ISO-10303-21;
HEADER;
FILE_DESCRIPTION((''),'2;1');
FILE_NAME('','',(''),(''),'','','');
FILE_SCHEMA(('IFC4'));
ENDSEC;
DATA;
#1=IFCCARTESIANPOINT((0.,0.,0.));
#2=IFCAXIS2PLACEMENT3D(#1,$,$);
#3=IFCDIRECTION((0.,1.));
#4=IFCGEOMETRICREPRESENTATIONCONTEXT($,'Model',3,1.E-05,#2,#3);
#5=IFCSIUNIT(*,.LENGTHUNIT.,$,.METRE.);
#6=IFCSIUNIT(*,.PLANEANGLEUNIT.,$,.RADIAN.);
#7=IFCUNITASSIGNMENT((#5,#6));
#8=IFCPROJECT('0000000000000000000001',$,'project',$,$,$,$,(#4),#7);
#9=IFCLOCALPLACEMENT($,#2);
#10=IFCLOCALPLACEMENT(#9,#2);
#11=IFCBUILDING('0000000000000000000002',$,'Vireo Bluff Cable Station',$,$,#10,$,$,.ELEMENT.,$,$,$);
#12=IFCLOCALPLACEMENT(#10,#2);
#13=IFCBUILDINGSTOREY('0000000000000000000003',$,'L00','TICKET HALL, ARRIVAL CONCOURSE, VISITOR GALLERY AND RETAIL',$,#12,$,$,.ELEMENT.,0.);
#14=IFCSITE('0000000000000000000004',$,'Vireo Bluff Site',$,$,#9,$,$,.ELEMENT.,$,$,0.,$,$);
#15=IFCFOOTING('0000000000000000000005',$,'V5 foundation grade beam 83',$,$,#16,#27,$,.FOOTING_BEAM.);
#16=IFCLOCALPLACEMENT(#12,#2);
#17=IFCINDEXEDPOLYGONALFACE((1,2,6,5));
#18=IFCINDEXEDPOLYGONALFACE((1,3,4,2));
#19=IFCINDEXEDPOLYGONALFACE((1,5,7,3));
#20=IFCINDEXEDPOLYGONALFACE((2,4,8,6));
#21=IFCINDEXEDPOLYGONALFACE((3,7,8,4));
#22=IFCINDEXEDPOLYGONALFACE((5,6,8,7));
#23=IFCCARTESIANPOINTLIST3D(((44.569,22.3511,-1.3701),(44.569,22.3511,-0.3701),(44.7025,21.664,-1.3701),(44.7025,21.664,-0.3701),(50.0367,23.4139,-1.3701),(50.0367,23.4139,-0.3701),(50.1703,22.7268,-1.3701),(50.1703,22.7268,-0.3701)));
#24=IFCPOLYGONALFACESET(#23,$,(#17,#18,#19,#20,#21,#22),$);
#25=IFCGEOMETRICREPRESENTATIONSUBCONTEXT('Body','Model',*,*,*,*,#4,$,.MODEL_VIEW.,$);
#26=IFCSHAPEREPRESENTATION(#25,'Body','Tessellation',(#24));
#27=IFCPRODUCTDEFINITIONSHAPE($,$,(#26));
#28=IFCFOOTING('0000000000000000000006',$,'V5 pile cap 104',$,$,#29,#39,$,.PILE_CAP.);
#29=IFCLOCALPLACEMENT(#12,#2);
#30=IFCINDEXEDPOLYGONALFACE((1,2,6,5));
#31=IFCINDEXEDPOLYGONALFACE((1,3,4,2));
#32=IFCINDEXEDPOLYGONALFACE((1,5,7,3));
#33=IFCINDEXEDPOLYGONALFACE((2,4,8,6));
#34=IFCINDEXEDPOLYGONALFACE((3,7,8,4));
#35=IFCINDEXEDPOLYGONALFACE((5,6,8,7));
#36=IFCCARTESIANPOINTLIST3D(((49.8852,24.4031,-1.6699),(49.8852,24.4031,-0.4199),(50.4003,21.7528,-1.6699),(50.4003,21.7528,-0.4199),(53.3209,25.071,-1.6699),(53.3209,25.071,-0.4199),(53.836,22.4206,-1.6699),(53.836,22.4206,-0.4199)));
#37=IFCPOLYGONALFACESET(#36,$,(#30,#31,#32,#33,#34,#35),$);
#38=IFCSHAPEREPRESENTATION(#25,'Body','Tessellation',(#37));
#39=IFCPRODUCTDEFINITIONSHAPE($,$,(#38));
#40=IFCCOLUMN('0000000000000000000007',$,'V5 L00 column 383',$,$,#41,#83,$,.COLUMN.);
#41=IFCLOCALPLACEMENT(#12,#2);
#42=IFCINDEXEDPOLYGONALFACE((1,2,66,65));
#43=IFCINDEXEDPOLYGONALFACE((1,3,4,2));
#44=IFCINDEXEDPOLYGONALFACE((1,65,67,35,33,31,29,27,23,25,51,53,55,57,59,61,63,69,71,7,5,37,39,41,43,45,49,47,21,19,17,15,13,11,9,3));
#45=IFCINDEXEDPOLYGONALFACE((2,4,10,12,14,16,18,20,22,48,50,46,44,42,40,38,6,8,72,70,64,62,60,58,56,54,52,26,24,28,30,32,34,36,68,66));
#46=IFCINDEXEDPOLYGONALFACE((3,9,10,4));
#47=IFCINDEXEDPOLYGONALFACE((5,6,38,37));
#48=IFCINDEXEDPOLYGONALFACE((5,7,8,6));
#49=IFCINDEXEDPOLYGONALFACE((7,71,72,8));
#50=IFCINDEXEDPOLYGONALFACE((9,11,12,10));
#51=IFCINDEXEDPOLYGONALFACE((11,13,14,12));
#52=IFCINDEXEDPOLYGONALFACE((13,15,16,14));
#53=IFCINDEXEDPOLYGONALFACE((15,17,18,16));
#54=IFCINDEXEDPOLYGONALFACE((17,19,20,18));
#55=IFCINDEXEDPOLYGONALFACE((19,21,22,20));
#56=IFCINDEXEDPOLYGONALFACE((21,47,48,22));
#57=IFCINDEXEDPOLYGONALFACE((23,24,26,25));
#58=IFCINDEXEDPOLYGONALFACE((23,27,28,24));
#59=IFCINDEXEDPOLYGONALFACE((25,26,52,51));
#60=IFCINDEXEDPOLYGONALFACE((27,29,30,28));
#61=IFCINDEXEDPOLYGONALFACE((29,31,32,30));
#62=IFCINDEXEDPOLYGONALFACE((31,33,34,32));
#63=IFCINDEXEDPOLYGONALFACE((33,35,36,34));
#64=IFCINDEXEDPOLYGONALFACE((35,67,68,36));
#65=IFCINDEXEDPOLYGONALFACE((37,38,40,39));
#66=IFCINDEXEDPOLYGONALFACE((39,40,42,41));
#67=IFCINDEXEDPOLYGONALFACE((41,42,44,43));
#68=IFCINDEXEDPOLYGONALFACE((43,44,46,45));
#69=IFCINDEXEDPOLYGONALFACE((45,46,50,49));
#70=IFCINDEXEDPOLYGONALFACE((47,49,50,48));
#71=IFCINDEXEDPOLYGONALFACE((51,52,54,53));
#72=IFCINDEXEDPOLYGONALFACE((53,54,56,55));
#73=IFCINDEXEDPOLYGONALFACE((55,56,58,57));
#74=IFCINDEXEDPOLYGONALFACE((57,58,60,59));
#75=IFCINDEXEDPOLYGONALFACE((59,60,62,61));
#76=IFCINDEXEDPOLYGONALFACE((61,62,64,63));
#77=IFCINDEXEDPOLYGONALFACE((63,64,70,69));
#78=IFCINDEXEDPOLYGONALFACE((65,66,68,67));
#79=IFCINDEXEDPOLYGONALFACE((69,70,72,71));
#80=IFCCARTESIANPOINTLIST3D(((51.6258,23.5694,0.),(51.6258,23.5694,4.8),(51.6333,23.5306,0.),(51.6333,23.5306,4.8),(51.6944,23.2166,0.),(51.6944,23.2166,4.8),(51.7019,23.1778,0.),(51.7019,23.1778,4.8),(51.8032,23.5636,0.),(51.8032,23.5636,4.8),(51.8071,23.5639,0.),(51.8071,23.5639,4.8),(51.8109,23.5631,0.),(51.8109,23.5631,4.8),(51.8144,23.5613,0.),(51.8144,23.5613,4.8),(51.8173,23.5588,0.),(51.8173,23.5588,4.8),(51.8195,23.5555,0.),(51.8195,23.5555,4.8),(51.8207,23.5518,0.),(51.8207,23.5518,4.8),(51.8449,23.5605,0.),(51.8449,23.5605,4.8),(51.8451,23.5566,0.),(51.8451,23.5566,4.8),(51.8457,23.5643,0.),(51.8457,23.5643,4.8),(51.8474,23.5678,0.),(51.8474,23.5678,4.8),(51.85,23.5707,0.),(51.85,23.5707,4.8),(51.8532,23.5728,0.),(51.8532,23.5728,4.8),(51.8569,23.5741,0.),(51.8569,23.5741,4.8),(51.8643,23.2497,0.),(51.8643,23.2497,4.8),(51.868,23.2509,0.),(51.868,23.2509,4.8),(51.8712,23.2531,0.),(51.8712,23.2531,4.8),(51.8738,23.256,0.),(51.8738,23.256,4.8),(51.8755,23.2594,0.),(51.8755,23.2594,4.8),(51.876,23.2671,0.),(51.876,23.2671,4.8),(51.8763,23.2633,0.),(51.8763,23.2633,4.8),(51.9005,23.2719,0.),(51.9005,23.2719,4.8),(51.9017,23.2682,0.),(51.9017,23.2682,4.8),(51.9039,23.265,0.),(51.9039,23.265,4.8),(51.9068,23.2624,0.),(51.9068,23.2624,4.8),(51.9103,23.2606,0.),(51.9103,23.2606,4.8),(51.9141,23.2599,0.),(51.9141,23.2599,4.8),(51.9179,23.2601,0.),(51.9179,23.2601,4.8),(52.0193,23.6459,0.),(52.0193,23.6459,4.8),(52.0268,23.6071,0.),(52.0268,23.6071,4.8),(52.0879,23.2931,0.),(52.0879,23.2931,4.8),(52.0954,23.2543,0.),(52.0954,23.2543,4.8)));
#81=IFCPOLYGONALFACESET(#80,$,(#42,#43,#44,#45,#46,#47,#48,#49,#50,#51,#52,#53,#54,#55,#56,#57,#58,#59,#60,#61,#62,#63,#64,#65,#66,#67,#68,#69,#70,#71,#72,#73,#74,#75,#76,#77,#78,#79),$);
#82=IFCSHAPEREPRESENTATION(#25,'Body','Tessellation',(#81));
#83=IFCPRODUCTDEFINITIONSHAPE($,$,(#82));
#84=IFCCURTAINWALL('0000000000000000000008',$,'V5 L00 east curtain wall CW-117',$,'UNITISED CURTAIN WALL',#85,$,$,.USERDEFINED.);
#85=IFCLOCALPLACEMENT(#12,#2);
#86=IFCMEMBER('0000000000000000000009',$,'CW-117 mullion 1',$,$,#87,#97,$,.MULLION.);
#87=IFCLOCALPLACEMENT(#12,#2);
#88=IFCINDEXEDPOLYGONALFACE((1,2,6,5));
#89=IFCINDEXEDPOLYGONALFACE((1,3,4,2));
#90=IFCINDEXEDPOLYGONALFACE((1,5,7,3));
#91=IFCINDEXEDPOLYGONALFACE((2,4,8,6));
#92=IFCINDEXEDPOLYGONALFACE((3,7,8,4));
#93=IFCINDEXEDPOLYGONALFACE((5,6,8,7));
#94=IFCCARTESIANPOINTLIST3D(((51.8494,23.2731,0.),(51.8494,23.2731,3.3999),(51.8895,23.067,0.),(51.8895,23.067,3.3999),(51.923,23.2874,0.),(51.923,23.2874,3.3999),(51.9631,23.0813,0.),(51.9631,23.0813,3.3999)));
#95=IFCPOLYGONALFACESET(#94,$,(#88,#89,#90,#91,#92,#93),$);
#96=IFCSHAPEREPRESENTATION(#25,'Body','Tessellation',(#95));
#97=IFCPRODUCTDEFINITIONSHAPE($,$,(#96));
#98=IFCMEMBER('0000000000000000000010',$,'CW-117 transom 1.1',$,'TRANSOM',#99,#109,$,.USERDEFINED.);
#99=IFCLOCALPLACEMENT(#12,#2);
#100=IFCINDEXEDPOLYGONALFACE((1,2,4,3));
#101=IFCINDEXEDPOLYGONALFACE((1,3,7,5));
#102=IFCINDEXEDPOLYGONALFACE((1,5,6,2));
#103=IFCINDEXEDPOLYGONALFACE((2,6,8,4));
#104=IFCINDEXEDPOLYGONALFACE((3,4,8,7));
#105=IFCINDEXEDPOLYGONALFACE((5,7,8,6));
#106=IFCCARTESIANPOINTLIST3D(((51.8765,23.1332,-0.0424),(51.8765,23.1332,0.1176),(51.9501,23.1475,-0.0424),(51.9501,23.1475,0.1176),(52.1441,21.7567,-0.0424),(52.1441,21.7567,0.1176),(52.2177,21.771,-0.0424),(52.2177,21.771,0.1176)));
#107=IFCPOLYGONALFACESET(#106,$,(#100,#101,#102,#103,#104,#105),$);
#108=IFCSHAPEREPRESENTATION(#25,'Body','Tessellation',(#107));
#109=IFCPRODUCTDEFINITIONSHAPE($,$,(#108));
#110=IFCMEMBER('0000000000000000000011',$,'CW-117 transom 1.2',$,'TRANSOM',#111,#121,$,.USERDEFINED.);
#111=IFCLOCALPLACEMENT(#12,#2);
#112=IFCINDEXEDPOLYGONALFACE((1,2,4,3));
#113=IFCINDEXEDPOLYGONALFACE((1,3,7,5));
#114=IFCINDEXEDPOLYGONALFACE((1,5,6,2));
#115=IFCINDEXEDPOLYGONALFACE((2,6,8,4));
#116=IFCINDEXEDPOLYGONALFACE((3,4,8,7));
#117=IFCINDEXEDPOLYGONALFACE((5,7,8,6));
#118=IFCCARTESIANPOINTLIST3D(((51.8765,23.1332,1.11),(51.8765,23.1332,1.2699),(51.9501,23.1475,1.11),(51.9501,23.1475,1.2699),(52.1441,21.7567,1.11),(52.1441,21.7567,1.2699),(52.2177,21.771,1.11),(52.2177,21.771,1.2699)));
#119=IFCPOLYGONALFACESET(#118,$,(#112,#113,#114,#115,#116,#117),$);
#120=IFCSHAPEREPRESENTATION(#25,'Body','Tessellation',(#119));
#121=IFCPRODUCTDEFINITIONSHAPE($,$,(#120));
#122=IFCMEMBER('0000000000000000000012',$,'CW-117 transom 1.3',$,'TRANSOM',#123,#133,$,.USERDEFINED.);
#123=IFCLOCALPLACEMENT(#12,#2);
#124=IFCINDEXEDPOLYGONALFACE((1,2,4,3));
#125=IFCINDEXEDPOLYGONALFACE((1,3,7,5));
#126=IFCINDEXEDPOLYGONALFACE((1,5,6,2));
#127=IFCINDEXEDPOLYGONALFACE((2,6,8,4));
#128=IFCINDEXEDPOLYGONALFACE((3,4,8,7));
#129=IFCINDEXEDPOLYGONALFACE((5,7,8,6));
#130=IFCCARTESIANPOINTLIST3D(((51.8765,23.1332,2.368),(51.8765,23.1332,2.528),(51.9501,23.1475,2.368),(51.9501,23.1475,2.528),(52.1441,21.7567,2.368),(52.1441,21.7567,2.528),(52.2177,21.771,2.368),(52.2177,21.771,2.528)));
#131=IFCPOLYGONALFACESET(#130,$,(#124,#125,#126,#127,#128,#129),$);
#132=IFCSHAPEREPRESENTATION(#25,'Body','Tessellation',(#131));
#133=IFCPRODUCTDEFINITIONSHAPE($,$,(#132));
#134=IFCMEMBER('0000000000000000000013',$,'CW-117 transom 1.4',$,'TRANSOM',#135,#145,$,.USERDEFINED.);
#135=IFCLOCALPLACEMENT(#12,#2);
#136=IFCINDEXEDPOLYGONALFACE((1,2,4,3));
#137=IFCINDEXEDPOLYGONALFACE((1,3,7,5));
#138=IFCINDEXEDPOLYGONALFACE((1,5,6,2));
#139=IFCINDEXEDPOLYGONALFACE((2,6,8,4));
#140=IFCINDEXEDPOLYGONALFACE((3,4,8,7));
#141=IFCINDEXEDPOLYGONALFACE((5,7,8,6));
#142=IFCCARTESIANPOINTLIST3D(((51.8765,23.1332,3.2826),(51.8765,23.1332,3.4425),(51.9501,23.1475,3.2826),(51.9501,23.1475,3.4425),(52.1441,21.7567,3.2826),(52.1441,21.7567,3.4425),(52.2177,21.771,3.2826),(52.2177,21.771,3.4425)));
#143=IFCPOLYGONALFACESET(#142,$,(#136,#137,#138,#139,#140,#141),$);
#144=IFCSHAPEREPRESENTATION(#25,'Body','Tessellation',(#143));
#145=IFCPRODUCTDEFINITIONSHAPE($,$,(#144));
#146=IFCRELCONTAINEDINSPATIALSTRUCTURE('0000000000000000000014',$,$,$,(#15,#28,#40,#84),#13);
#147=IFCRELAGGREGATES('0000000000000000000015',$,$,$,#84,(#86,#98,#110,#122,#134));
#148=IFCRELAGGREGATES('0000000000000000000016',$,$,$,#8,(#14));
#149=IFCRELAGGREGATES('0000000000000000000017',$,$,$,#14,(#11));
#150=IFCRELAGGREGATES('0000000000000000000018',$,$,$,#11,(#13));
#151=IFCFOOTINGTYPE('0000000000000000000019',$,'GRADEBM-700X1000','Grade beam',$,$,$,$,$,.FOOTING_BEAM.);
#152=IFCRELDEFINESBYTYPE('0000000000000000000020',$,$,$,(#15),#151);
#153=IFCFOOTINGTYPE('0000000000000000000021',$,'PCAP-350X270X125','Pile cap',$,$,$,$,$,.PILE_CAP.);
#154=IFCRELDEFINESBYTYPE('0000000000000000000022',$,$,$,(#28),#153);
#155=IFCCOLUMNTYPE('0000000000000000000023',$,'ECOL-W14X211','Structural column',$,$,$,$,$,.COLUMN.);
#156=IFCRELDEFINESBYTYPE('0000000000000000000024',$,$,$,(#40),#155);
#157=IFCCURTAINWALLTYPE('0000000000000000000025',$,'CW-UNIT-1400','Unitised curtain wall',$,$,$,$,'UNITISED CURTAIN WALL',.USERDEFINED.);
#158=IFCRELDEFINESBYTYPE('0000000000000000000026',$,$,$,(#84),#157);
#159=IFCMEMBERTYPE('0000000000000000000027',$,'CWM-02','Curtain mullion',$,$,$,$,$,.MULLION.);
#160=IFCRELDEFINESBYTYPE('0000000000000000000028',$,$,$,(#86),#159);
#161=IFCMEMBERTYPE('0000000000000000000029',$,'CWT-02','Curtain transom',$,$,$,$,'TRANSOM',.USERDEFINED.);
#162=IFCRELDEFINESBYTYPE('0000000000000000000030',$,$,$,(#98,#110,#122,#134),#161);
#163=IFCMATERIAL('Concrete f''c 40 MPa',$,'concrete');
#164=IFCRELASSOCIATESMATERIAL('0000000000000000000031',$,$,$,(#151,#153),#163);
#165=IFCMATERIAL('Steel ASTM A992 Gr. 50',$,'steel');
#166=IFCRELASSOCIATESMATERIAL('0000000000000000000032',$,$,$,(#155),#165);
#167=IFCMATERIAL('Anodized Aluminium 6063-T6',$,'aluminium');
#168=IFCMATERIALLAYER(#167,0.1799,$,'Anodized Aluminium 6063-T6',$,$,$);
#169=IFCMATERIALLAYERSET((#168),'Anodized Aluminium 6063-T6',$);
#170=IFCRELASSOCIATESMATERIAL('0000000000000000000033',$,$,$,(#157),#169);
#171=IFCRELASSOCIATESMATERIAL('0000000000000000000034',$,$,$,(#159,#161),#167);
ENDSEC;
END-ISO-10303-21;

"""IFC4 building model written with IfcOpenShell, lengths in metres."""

from ifc_helpers import new_model, si_unit, direction, frame, origin, origin_2d, place, context, subcontext, project, spatial, rectangle, i_section, extrude, material, layer, layer_set, material_profile, profile_set, type_object, element, aggregate, save


model = new_model("IFC4")

# Units and contexts
model_context = context("Model", 3, precision=1e-05, world=origin(), true_north=direction((0.0, 1.0)))
body_context = subcontext(model_context, "Body", "Model", "MODEL_VIEW")
ifc_project = project(units=[si_unit("LENGTHUNIT", "METRE"), si_unit("PLANEANGLEUNIT", "RADIAN")], contexts=[model_context])

# Site, building, storey
site_placement = place(None, origin())
site = spatial("IfcSite", under=ifc_project, at=site_placement, Name="Vireo Bluff Site", CompositionType="ELEMENT", RefElevation=0.0)
building_placement = place(site_placement, origin())
building = spatial("IfcBuilding", under=site, at=building_placement, Name="Vireo Bluff Cable Station", CompositionType="ELEMENT")
storey_placement = place(building_placement, origin())
storey = spatial("IfcBuildingStorey", under=building, at=storey_placement, Name="L00", Description="TICKET HALL, ARRIVAL CONCOURSE, VISITOR GALLERY AND RETAIL", CompositionType="ELEMENT", Elevation=0.0)

# Footings
ifc_material_1 = material(Name="Concrete f'c 40 MPa", Category="concrete")
ifc_material_profile_1 = material_profile(ifc_material_1, rectangle(XDim=0.7, YDim=1.0, at=origin_2d()), Name="GRADEBM-700X1000")
ifc_profile_set_1 = profile_set([ifc_material_profile_1], Name="Concrete f'c 40 MPa")
footing_type_1 = type_object("IfcFootingType", Name="GRADEBM-700X1000", Description="Grade beam", PredefinedType="FOOTING_BEAM", material=ifc_profile_set_1)
footing_1_placement = place(storey_placement, frame((44.6357, 22.0076, -0.8701), z_axis=(0.98163, 0.190795, 0.0), x_axis=(-0.190795, 0.98163, 0.0)))
element("IfcFooting", 1, at=footing_1_placement, inside=storey, type_object=footing_type_1, Name="V5 foundation grade beam 83", PredefinedType="FOOTING_BEAM", context=body_context, shape_type="SweptSolid", body=[
    extrude(rectangle(XDim=0.7, YDim=1.0, at=origin_2d()), origin(), (0.0, 0.0, 1.0), 5.5701),
])
footing_type_2 = type_object("IfcFootingType", Name="PCAP-350X270X125", Description="Pile cap", PredefinedType="PILE_CAP", material=ifc_material_1)
footing_2_placement = place(storey_placement, frame((51.8606, 23.4119, -1.6699), z_axis=(0.0, 0.0, 1.0), x_axis=(0.981627, 0.190809, 0.0)))
element("IfcFooting", 2, at=footing_2_placement, inside=storey, type_object=footing_type_2, Name="V5 pile cap 104", PredefinedType="PILE_CAP", context=body_context, shape_type="SweptSolid", body=[
    extrude(rectangle(XDim=3.5, YDim=2.7, at=origin_2d()), origin(), (0.0, 0.0, 1.0), 1.25),
])

# Column
ifc_material_2 = material(Name="Steel ASTM A992 Gr. 50", Category="steel")
ifc_material_profile_2 = material_profile(ifc_material_2, i_section(OverallWidth=0.4009, OverallDepth=0.3989, WebThickness=0.0249, FlangeThickness=0.0396, FilletRadius=0.0149, at=origin_2d()), Name="W14X211")
ifc_profile_set_2 = profile_set([ifc_material_profile_2], Name="Steel ASTM A992 Gr. 50")
column_type = type_object("IfcColumnType", Name="ECOL-W14X211", Description="Structural column", PredefinedType="COLUMN", material=ifc_profile_set_2)
column_placement = place(storey_placement, frame((51.8606, 23.4119, 0.0), z_axis=(0.0, 0.0, 1.0), x_axis=(0.981627, 0.190809, 0.0)))
element("IfcColumn", 3, at=column_placement, inside=storey, type_object=column_type, Name="V5 L00 column 383", PredefinedType="COLUMN", context=body_context, shape_type="SweptSolid", body=[
    extrude(i_section(OverallWidth=0.4009, OverallDepth=0.3989, WebThickness=0.0249, FlangeThickness=0.0396, FilletRadius=0.0149, at=origin_2d()), origin(), (0.0, 0.0, 1.0), 4.8),
])

# Curtain wall, members
ifc_material_3 = material(Name="Anodized Aluminium 6063-T6", Category="aluminium")
ifc_layer_1 = layer(ifc_material_3, 0.1799, Name="Anodized Aluminium 6063-T6")
ifc_layer_set_1 = layer_set([ifc_layer_1], Name="Anodized Aluminium 6063-T6")
curtain_wall_type = type_object("IfcCurtainWallType", Name="CW-UNIT-1400", Description="Unitised curtain wall", ElementType="UNITISED CURTAIN WALL", PredefinedType="USERDEFINED", material=ifc_layer_set_1)
curtain_wall_placement = place(storey_placement, origin())
curtain_wall = element("IfcCurtainWall", 4, at=curtain_wall_placement, inside=storey, type_object=curtain_wall_type, Name="V5 L00 east curtain wall CW-117", ObjectType="UNITISED CURTAIN WALL", PredefinedType="USERDEFINED")
ifc_material_profile_3 = material_profile(ifc_material_3, rectangle(XDim=0.075, YDim=0.21, at=origin_2d()), Name="ALU-M-75X210")
ifc_profile_set_3 = profile_set([ifc_material_profile_3], Name="Anodized Aluminium 6063-T6")
member_type_1 = type_object("IfcMemberType", Name="CWM-02", Description="Curtain mullion", PredefinedType="MULLION", material=ifc_profile_set_3)
member_1_placement = place(storey_placement, frame((51.9062, 23.1772, 0.0), z_axis=(0.0, 0.0, 1.0), x_axis=(0.981627, 0.190809, 0.0)))
member_1 = element("IfcMember", 5, at=member_1_placement, type_object=member_type_1, Name="CW-117 mullion 1", PredefinedType="MULLION", context=body_context, shape_type="SweptSolid", body=[
    extrude(rectangle(XDim=0.075, YDim=0.21, at=origin_2d()), origin(), (0.0, 0.0, 1.0), 3.3999),
])
ifc_material_profile_4 = material_profile(ifc_material_3, rectangle(XDim=0.075, YDim=0.1599, at=origin_2d()), Name="ALU-T-75X160")
ifc_profile_set_4 = profile_set([ifc_material_profile_4], Name="Anodized Aluminium 6063-T6")
member_type_2 = type_object("IfcMemberType", Name="CWT-02", Description="Curtain transom", ElementType="TRANSOM", PredefinedType="USERDEFINED", material=ifc_profile_set_4)
member_2_placement = place(storey_placement, frame((51.9133, 23.1404, 0.0376), z_axis=(0.190823, -0.981624, 0.0), x_axis=(0.981624, 0.190823, 0.0)))
member_2 = element("IfcMember", 6, at=member_2_placement, type_object=member_type_2, Name="CW-117 transom 1.1", ObjectType="TRANSOM", PredefinedType="USERDEFINED", context=body_context, shape_type="SweptSolid", body=[
    extrude(rectangle(XDim=0.075, YDim=0.1599, at=origin_2d()), origin(), (0.0, 0.0, 1.0), 1.4023),
])
member_3_placement = place(storey_placement, frame((51.9133, 23.1404, 1.1899), z_axis=(0.190823, -0.981624, 0.0), x_axis=(0.981624, 0.190823, 0.0)))
member_3 = element("IfcMember", 7, at=member_3_placement, type_object=member_type_2, Name="CW-117 transom 1.2", ObjectType="TRANSOM", PredefinedType="USERDEFINED", context=body_context, shape_type="SweptSolid", body=[
    extrude(rectangle(XDim=0.075, YDim=0.1599, at=origin_2d()), origin(), (0.0, 0.0, 1.0), 1.4023),
])
member_4_placement = place(storey_placement, frame((51.9133, 23.1404, 2.448), z_axis=(0.190823, -0.981624, 0.0), x_axis=(0.981624, 0.190823, 0.0)))
member_4 = element("IfcMember", 8, at=member_4_placement, type_object=member_type_2, Name="CW-117 transom 1.3", ObjectType="TRANSOM", PredefinedType="USERDEFINED", context=body_context, shape_type="SweptSolid", body=[
    extrude(rectangle(XDim=0.075, YDim=0.1599, at=origin_2d()), origin(), (0.0, 0.0, 1.0), 1.4023),
])
member_5_placement = place(storey_placement, frame((51.9133, 23.1404, 3.3625), z_axis=(0.190823, -0.981624, 0.0), x_axis=(0.981624, 0.190823, 0.0)))
member_5 = element("IfcMember", 9, at=member_5_placement, type_object=member_type_2, Name="CW-117 transom 1.4", ObjectType="TRANSOM", PredefinedType="USERDEFINED", context=body_context, shape_type="SweptSolid", body=[
    extrude(rectangle(XDim=0.075, YDim=0.1599, at=origin_2d()), origin(), (0.0, 0.0, 1.0), 1.4023),
])

aggregate(curtain_wall, [member_1, member_2, member_3, member_4, member_5])

save(model, "model.ifc")
